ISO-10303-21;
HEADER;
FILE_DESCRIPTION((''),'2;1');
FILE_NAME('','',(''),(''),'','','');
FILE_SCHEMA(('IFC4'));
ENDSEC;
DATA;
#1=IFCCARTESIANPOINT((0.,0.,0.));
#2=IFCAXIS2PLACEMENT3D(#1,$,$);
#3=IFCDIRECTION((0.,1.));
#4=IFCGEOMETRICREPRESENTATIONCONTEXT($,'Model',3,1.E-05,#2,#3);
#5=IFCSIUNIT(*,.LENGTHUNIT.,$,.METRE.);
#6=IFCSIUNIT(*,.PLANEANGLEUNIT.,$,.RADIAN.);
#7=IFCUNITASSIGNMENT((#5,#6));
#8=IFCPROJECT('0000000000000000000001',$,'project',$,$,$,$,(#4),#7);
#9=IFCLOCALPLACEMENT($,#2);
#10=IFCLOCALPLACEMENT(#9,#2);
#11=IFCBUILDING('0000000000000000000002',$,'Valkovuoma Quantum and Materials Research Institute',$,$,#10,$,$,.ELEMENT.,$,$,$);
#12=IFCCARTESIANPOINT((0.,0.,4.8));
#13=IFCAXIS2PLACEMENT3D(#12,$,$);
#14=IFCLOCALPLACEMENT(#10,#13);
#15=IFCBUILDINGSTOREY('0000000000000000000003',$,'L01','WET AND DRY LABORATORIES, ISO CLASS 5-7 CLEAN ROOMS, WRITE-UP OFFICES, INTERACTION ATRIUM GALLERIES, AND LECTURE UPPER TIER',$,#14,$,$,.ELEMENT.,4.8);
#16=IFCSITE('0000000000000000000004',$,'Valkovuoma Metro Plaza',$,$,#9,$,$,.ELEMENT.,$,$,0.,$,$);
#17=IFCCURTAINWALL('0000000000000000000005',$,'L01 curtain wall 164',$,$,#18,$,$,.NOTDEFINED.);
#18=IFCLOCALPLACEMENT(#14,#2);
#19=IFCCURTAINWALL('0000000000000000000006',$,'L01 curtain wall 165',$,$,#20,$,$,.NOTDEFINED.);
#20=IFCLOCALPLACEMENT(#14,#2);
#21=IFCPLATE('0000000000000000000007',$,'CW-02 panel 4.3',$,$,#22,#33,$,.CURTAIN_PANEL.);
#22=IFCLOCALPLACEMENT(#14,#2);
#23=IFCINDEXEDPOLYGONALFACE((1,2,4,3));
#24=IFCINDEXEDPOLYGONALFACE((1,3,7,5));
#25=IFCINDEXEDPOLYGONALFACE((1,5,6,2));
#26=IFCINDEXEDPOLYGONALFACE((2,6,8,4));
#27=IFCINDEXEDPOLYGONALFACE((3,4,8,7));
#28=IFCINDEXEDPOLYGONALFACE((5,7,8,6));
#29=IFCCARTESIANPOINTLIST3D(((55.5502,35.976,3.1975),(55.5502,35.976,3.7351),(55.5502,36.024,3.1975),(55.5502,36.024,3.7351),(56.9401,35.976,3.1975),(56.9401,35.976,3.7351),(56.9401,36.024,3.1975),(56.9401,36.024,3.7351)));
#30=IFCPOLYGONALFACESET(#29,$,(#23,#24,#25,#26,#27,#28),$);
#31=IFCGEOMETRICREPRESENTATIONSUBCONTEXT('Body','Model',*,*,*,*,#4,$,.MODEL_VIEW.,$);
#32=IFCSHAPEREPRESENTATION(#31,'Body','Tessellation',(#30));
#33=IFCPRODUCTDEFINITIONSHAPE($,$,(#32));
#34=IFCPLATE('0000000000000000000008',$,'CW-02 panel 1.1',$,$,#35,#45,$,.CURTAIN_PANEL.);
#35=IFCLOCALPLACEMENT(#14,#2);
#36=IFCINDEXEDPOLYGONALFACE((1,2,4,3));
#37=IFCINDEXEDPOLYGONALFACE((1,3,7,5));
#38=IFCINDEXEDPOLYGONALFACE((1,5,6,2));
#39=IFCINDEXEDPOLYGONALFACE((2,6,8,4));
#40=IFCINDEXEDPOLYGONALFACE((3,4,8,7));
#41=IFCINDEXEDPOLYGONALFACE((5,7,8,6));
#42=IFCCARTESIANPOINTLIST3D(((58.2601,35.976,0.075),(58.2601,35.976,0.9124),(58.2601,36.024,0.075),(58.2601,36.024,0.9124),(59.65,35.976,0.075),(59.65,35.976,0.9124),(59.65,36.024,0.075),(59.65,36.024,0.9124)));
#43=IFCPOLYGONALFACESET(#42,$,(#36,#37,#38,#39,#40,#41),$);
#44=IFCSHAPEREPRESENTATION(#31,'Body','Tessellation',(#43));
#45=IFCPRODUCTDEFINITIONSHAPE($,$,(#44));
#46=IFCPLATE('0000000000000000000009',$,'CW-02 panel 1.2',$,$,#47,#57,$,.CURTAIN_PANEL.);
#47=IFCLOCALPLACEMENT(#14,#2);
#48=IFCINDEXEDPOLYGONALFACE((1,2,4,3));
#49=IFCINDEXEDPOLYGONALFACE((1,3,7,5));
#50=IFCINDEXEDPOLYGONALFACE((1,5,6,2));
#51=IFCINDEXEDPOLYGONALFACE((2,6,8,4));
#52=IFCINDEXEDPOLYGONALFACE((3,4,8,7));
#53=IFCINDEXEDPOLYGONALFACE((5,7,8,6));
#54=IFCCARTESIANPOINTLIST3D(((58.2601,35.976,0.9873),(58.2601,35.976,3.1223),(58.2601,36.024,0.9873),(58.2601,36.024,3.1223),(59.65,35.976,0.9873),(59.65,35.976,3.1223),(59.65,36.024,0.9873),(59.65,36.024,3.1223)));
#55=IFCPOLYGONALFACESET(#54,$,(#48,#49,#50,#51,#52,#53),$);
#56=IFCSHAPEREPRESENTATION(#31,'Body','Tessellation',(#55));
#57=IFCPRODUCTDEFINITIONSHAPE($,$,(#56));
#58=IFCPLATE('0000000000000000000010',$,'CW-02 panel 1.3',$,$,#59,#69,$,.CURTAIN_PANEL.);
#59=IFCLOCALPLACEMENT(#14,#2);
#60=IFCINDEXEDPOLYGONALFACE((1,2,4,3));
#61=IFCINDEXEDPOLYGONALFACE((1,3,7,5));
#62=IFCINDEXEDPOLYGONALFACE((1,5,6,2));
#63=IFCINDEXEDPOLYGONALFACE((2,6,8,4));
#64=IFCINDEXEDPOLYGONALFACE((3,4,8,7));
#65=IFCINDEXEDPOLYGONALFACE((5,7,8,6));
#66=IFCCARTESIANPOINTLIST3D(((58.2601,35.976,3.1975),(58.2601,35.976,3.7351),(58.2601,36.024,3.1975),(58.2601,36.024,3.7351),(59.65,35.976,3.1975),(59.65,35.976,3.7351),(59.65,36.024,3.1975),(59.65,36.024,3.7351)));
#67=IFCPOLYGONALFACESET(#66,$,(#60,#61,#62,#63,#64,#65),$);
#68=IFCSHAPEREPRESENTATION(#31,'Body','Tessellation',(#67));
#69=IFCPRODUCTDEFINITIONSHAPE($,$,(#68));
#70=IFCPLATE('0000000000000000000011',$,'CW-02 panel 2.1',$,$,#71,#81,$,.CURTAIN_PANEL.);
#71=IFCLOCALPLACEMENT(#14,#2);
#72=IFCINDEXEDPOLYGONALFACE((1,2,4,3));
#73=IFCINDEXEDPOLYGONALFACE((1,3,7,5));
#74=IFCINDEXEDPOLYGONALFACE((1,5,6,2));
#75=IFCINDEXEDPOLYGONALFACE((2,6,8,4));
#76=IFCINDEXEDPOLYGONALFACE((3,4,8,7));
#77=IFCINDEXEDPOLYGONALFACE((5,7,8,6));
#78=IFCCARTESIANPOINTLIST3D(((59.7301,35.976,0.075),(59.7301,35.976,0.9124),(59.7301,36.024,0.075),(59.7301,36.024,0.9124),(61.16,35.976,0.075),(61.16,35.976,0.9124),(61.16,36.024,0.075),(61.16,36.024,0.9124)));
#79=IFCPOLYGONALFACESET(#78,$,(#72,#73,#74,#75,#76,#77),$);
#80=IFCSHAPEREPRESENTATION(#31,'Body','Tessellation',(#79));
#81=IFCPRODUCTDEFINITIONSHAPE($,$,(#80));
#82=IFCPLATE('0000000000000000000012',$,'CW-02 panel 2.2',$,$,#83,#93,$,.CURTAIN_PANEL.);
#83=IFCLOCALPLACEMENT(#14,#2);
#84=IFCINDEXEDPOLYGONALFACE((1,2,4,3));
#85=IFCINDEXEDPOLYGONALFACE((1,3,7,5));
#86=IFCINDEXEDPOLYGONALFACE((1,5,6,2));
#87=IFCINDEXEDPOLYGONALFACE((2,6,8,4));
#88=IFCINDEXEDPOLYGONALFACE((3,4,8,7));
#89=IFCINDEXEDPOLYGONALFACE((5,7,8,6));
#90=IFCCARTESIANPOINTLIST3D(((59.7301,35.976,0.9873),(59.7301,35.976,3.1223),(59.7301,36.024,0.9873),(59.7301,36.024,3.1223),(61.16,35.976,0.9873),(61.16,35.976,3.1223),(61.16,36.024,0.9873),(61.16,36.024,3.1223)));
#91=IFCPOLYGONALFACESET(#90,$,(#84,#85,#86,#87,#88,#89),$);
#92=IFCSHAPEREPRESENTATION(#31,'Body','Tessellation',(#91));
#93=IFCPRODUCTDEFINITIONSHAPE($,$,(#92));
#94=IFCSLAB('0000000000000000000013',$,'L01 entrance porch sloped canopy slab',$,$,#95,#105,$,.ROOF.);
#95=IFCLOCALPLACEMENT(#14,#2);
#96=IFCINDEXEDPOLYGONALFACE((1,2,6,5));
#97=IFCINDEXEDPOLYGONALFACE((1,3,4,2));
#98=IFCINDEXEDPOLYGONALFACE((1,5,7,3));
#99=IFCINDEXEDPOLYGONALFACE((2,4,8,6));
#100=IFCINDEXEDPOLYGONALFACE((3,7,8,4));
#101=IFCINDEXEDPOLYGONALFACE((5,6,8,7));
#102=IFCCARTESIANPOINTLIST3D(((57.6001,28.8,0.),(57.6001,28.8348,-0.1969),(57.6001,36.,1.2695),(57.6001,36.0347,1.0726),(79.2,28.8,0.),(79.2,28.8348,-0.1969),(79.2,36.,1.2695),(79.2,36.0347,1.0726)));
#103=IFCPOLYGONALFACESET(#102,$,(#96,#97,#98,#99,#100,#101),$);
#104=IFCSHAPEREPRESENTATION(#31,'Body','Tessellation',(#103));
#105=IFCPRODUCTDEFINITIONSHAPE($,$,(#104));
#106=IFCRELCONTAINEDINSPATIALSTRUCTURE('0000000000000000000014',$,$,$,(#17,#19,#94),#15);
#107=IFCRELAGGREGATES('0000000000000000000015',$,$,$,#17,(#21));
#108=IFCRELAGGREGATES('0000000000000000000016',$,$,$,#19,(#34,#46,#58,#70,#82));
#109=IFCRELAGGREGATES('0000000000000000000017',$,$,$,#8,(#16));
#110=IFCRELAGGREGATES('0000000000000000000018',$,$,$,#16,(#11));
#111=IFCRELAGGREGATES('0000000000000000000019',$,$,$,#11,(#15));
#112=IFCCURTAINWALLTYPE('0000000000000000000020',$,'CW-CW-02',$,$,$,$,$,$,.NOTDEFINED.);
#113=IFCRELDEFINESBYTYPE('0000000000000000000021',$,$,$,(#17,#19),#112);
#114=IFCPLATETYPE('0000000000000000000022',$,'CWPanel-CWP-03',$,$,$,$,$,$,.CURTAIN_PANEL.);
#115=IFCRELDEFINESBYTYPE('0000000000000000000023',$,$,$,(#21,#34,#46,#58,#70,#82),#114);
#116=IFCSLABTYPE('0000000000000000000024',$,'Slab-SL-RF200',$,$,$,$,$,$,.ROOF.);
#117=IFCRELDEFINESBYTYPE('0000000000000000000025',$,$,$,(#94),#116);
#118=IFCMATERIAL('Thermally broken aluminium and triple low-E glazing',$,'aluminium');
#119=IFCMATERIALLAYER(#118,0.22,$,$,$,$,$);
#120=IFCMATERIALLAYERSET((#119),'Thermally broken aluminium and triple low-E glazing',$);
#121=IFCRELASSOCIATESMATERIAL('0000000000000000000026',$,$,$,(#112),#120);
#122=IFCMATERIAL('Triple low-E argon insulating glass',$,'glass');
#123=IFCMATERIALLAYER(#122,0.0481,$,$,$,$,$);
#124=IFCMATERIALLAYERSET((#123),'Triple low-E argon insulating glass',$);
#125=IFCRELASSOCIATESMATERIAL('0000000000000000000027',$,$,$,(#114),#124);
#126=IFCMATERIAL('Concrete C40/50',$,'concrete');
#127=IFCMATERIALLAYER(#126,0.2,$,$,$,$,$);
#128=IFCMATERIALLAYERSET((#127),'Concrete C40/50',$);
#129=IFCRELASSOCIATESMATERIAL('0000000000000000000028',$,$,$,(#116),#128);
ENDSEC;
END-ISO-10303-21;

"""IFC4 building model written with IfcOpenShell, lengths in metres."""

from ifc_helpers import new_model, si_unit, direction, frame, origin, origin_2d, place, context, subcontext, project, spatial, polyline, rectangle, outline, extrude, material, layer, layer_set, type_object, element, aggregate, save


model = new_model("IFC4")

# Units and contexts
model_context = context("Model", 3, precision=1e-05, world=origin(), true_north=direction((0.0, 1.0)))
body_context = subcontext(model_context, "Body", "Model", "MODEL_VIEW")
ifc_project = project(units=[si_unit("LENGTHUNIT", "METRE"), si_unit("PLANEANGLEUNIT", "RADIAN")], contexts=[model_context])

# Site, building, storey
site_placement = place(None, origin())
site = spatial("IfcSite", under=ifc_project, at=site_placement, Name="Valkovuoma Metro Plaza", CompositionType="ELEMENT", RefElevation=0.0)
building_placement = place(site_placement, origin())
building = spatial("IfcBuilding", under=site, at=building_placement, Name="Valkovuoma Quantum and Materials Research Institute", CompositionType="ELEMENT")
storey_placement = place(building_placement, frame((0.0, 0.0, 4.8)))
storey = spatial("IfcBuildingStorey", under=building, at=storey_placement, Name="L01", Description="WET AND DRY LABORATORIES, ISO CLASS 5-7 CLEAN ROOMS, WRITE-UP OFFICES, INTERACTION ATRIUM GALLERIES, AND LECTURE UPPER TIER", CompositionType="ELEMENT", Elevation=4.8)

# Curtain walls
ifc_material_1 = material(Name="Thermally broken aluminium and triple low-E glazing", Category="aluminium")
ifc_layer_1 = layer(ifc_material_1, 0.22)
ifc_layer_set_1 = layer_set([ifc_layer_1], Name="Thermally broken aluminium and triple low-E glazing")
curtain_wall_type = type_object("IfcCurtainWallType", Name="CW-CW-02", PredefinedType="NOTDEFINED", material=ifc_layer_set_1)
curtain_wall_1_placement = place(storey_placement, origin())
curtain_wall_1 = element("IfcCurtainWall", 1, at=curtain_wall_1_placement, inside=storey, type_object=curtain_wall_type, Name="L01 curtain wall 164", PredefinedType="NOTDEFINED")
curtain_wall_2_placement = place(storey_placement, origin())
curtain_wall_2 = element("IfcCurtainWall", 2, at=curtain_wall_2_placement, inside=storey, type_object=curtain_wall_type, Name="L01 curtain wall 165", PredefinedType="NOTDEFINED")

# Plates
ifc_material_2 = material(Name="Triple low-E argon insulating glass", Category="glass")
ifc_layer_2 = layer(ifc_material_2, 0.0481)
ifc_layer_set_2 = layer_set([ifc_layer_2], Name="Triple low-E argon insulating glass")
plate_type = type_object("IfcPlateType", Name="CWPanel-CWP-03", PredefinedType="CURTAIN_PANEL", material=ifc_layer_set_2)
plate_1_placement = place(storey_placement, frame((56.2451, 36.0, 3.1975), z_axis=(0.0, 0.0, 1.0), x_axis=(1.0, 0.0, 0.0)))
plate_1 = element("IfcPlate", 3, at=plate_1_placement, type_object=plate_type, Name="CW-02 panel 4.3", PredefinedType="CURTAIN_PANEL", context=body_context, shape_type="SweptSolid", body=[
    extrude(rectangle(XDim=1.3899, YDim=0.0481, at=origin_2d()), origin(), (0.0, 0.0, 1.0), 0.5376),
])
aggregate(curtain_wall_1, [plate_1])
plate_2_placement = place(storey_placement, frame((58.9551, 36.0, 0.075), z_axis=(0.0, 0.0, 1.0), x_axis=(1.0, 0.0, 0.0)))
plate_2 = element("IfcPlate", 4, at=plate_2_placement, type_object=plate_type, Name="CW-02 panel 1.1", PredefinedType="CURTAIN_PANEL", context=body_context, shape_type="SweptSolid", body=[
    extrude(rectangle(XDim=1.3899, YDim=0.0481, at=origin_2d()), origin(), (0.0, 0.0, 1.0), 0.8374),
])
plate_3_placement = place(storey_placement, frame((58.9551, 36.0, 0.9873), z_axis=(0.0, 0.0, 1.0), x_axis=(1.0, 0.0, 0.0)))
plate_3 = element("IfcPlate", 5, at=plate_3_placement, type_object=plate_type, Name="CW-02 panel 1.2", PredefinedType="CURTAIN_PANEL", context=body_context, shape_type="SweptSolid", body=[
    extrude(rectangle(XDim=1.3899, YDim=0.0481, at=origin_2d()), origin(), (0.0, 0.0, 1.0), 2.135),
])
plate_4_placement = place(storey_placement, frame((58.9551, 36.0, 3.1975), z_axis=(0.0, 0.0, 1.0), x_axis=(1.0, 0.0, 0.0)))
plate_4 = element("IfcPlate", 6, at=plate_4_placement, type_object=plate_type, Name="CW-02 panel 1.3", PredefinedType="CURTAIN_PANEL", context=body_context, shape_type="SweptSolid", body=[
    extrude(rectangle(XDim=1.3899, YDim=0.0481, at=origin_2d()), origin(), (0.0, 0.0, 1.0), 0.5376),
])
plate_5_placement = place(storey_placement, frame((60.4451, 36.0, 0.075), z_axis=(0.0, 0.0, 1.0), x_axis=(1.0, 0.0, 0.0)))
plate_5 = element("IfcPlate", 7, at=plate_5_placement, type_object=plate_type, Name="CW-02 panel 2.1", PredefinedType="CURTAIN_PANEL", context=body_context, shape_type="SweptSolid", body=[
    extrude(rectangle(XDim=1.4299, YDim=0.0481, at=origin_2d()), origin(), (0.0, 0.0, 1.0), 0.8374),
])
plate_6_placement = place(storey_placement, frame((60.4451, 36.0, 0.9873), z_axis=(0.0, 0.0, 1.0), x_axis=(1.0, 0.0, 0.0)))
plate_6 = element("IfcPlate", 8, at=plate_6_placement, type_object=plate_type, Name="CW-02 panel 2.2", PredefinedType="CURTAIN_PANEL", context=body_context, shape_type="SweptSolid", body=[
    extrude(rectangle(XDim=1.4299, YDim=0.0481, at=origin_2d()), origin(), (0.0, 0.0, 1.0), 2.135),
])
aggregate(curtain_wall_2, [plate_2, plate_3, plate_4, plate_5, plate_6])

# Slab
ifc_material_3 = material(Name="Concrete C40/50", Category="concrete")
ifc_layer_3 = layer(ifc_material_3, 0.2)
ifc_layer_set_3 = layer_set([ifc_layer_3], Name="Concrete C40/50")
slab_type = type_object("IfcSlabType", Name="Slab-SL-RF200", PredefinedType="ROOF", material=ifc_layer_set_3)
slab_placement = place(storey_placement, frame((57.6001, 28.8, 0.0), z_axis=(0.0, -0.173646, 0.984808), x_axis=(1.0, 0.0, 0.0)))
element("IfcSlab", 9, at=slab_placement, inside=storey, type_object=slab_type, Name="L01 entrance porch sloped canopy slab", PredefinedType="ROOF", context=body_context, shape_type="SweptSolid", body=[
    extrude(outline(polyline([(0.0, 0.0), (21.5999, 0.0), (21.5999, 7.311), (0.0, 7.311), (0.0, 0.0)])), origin(), (0.0, 0.0, -1.0), 0.2),
])

save(model, "model.ifc")
